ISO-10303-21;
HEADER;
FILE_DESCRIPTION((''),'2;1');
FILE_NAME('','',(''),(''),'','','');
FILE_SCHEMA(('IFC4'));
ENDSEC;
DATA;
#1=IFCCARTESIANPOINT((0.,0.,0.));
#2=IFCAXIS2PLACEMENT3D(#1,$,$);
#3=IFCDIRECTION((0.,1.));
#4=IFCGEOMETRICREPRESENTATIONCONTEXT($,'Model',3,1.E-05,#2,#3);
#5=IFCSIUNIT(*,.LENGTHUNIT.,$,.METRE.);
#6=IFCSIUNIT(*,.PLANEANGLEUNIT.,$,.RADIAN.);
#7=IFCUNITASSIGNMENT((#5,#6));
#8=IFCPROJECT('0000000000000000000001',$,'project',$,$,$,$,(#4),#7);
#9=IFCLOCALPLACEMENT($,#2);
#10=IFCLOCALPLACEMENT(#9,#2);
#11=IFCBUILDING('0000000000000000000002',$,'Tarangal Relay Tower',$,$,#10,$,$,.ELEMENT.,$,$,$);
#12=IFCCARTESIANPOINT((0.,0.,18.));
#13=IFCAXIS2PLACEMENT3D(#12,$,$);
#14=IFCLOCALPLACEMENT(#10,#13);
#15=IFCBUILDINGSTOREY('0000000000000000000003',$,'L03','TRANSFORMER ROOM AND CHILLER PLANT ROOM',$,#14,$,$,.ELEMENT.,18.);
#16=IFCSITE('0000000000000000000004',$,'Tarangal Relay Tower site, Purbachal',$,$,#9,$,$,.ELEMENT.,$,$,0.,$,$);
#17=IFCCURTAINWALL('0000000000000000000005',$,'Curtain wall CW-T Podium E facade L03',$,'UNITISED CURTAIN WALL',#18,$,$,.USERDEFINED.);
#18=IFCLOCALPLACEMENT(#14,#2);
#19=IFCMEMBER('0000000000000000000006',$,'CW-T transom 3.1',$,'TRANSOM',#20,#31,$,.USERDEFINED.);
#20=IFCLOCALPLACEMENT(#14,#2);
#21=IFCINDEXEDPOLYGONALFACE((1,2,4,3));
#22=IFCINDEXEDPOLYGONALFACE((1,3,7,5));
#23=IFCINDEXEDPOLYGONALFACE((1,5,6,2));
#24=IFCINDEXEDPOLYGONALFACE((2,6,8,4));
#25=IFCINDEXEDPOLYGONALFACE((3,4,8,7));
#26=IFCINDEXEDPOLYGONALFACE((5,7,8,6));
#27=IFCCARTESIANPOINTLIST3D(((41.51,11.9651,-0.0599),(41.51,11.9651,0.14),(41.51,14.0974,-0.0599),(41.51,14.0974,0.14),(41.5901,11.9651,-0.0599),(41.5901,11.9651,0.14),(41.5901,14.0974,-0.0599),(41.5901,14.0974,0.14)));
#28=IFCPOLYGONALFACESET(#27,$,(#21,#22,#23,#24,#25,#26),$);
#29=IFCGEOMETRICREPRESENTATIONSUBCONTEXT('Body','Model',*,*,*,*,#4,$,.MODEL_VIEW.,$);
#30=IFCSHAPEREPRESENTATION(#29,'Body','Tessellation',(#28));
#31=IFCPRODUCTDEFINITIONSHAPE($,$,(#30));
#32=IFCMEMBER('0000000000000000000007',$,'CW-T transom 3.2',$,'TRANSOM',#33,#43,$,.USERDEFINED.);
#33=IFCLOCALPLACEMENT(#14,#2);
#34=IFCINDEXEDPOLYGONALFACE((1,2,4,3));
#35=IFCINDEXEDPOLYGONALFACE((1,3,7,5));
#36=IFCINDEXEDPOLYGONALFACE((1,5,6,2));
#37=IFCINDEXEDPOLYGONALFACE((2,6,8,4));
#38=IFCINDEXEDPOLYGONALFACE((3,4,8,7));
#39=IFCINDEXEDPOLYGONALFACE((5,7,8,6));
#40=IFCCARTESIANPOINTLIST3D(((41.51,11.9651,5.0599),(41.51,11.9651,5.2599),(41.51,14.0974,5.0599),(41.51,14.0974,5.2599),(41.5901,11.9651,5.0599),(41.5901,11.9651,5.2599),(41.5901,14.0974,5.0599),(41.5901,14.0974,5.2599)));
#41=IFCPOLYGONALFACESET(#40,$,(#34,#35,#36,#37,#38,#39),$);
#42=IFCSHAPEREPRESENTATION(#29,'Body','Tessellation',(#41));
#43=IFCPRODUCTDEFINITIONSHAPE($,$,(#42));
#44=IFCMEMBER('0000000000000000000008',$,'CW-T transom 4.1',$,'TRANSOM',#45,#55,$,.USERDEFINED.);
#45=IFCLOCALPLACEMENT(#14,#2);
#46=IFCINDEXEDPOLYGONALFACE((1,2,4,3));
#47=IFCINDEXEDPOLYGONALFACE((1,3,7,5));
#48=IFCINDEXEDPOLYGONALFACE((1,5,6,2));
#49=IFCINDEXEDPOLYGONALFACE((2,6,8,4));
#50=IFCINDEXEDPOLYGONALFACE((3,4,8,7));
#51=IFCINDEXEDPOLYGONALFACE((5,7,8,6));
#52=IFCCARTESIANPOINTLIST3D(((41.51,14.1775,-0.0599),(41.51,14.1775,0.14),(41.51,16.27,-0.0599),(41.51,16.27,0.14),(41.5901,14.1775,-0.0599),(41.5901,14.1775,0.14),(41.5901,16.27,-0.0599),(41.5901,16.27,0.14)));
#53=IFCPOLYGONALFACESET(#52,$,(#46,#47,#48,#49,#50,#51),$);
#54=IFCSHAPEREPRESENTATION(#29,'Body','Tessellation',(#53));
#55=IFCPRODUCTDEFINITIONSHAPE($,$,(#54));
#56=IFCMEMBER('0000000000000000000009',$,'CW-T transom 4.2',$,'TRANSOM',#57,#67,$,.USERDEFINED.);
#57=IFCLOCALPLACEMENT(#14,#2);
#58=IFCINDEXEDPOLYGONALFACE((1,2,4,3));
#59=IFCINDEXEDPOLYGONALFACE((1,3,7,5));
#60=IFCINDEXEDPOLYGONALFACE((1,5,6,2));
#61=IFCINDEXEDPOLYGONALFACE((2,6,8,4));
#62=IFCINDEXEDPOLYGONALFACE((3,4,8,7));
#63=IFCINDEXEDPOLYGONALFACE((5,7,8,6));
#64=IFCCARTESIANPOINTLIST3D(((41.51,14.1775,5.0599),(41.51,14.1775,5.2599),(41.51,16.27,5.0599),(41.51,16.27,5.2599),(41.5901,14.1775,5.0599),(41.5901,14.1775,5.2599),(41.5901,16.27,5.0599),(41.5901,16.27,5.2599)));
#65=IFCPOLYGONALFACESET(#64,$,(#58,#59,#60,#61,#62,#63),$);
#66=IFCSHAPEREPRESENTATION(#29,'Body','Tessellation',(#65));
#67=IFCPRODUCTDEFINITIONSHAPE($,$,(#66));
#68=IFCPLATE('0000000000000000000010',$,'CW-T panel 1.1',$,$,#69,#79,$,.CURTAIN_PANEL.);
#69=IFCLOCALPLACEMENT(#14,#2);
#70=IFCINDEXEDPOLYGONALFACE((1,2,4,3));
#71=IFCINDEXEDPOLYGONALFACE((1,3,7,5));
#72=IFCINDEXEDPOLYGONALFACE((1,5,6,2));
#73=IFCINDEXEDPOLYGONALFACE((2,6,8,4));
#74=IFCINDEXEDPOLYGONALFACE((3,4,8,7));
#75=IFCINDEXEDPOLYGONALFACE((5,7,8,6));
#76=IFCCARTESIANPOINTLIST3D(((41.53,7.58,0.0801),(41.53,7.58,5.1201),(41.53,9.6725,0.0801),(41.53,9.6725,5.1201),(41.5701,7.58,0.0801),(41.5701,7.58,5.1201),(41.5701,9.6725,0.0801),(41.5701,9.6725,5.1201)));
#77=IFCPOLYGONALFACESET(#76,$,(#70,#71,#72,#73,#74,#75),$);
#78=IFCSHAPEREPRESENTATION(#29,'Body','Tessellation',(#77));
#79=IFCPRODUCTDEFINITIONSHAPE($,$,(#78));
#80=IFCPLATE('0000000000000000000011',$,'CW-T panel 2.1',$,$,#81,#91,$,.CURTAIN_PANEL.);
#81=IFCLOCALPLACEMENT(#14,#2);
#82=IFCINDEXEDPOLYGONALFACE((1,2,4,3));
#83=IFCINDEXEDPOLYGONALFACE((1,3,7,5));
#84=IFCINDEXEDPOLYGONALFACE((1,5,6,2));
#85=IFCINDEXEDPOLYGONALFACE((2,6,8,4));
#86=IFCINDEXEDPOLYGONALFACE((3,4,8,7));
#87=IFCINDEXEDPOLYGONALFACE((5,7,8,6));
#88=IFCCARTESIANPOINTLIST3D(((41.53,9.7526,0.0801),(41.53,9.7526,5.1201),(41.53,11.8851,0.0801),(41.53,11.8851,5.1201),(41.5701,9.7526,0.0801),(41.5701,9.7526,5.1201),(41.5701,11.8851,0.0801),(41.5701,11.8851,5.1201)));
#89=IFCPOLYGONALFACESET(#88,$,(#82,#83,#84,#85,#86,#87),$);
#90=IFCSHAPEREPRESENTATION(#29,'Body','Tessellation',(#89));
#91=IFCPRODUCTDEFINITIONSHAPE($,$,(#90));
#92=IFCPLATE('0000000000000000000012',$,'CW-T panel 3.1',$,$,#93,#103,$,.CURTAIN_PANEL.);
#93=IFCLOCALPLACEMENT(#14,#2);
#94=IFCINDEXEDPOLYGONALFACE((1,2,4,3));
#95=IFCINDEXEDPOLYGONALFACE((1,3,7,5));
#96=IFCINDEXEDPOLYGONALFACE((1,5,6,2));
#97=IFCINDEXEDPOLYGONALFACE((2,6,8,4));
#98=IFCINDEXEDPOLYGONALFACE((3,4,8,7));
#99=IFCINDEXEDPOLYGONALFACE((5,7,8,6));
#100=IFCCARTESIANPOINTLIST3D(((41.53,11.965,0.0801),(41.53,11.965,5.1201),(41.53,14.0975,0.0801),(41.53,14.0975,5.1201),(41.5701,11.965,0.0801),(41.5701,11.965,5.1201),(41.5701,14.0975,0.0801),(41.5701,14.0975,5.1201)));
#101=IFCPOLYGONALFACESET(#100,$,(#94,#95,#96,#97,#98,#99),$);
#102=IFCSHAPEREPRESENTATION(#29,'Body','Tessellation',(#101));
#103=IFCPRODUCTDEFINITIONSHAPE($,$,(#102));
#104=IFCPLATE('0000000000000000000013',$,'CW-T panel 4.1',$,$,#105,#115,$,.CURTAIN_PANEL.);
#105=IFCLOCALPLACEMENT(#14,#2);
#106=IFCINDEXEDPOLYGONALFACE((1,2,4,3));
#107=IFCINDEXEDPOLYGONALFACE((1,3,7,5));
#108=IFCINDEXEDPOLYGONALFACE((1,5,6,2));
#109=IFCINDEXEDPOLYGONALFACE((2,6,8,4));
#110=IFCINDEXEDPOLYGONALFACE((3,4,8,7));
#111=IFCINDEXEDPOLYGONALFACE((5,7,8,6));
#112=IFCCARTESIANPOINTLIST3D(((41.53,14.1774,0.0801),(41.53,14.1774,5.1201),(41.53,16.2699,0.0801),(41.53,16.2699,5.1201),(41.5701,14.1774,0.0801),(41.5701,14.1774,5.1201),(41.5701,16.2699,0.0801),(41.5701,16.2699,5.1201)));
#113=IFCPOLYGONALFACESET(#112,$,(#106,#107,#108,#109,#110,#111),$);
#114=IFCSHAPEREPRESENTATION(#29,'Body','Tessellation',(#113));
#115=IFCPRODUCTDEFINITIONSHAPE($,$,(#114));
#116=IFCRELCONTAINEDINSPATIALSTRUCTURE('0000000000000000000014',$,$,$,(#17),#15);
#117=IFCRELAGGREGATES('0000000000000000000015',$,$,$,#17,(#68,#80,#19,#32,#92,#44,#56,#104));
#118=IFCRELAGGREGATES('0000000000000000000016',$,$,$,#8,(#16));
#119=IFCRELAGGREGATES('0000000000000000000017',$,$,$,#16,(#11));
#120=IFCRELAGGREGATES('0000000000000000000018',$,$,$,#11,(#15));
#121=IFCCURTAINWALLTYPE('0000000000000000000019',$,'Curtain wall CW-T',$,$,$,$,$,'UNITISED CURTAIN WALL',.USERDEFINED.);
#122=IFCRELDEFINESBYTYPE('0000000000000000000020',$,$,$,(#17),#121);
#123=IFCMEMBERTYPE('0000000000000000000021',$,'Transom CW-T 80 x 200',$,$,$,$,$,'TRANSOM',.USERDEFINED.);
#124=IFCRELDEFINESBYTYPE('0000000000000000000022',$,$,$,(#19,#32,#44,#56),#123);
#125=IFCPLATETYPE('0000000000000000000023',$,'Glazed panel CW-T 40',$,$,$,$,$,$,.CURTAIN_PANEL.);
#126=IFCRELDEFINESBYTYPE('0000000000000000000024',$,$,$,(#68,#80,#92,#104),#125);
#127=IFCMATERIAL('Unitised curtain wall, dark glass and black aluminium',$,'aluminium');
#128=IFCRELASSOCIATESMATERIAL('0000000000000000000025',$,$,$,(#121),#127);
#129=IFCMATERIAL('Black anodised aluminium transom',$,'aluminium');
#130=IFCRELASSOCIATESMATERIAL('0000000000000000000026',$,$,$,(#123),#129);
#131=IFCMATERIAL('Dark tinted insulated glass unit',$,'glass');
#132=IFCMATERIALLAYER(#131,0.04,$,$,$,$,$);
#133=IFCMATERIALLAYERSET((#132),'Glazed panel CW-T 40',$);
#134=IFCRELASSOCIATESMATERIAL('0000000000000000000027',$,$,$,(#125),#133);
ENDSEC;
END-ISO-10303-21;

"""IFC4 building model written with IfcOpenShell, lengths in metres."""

from ifc_helpers import new_model, si_unit, direction, frame, origin, origin_2d, place, context, subcontext, project, spatial, rectangle, extrude, material, layer, layer_set, material_profile, profile_set, type_object, element, aggregate, save


model = new_model("IFC4")

# Units and contexts
model_context = context("Model", 3, precision=1e-05, world=origin(), true_north=direction((0.0, 1.0)))
body_context = subcontext(model_context, "Body", "Model", "MODEL_VIEW")
ifc_project = project(units=[si_unit("LENGTHUNIT", "METRE"), si_unit("PLANEANGLEUNIT", "RADIAN")], contexts=[model_context])

# Site, building, storey
site_placement = place(None, origin())
site = spatial("IfcSite", under=ifc_project, at=site_placement, Name="Tarangal Relay Tower site, Purbachal", CompositionType="ELEMENT", RefElevation=0.0)
building_placement = place(site_placement, origin())
building = spatial("IfcBuilding", under=site, at=building_placement, Name="Tarangal Relay Tower", CompositionType="ELEMENT")
storey_placement = place(building_placement, frame((0.0, 0.0, 18.0)))
storey = spatial("IfcBuildingStorey", under=building, at=storey_placement, Name="L03", Description="TRANSFORMER ROOM AND CHILLER PLANT ROOM", CompositionType="ELEMENT", Elevation=18.0)

# Curtain wall
ifc_material_1 = material(Name="Unitised curtain wall, dark glass and black aluminium", Category="aluminium")
curtain_wall_type = type_object("IfcCurtainWallType", Name="Curtain wall CW-T", ElementType="UNITISED CURTAIN WALL", PredefinedType="USERDEFINED", material=ifc_material_1)
curtain_wall_placement = place(storey_placement, origin())
curtain_wall = element("IfcCurtainWall", 1, at=curtain_wall_placement, inside=storey, type_object=curtain_wall_type, Name="Curtain wall CW-T Podium E facade L03", ObjectType="UNITISED CURTAIN WALL", PredefinedType="USERDEFINED")

# Members
ifc_material_2 = material(Name="Black anodised aluminium transom", Category="aluminium")
ifc_material_profile_1 = material_profile(ifc_material_2, rectangle(XDim=0.0801, YDim=0.2, at=origin_2d()), Name="CW-TT 80X200")
ifc_profile_set_1 = profile_set([ifc_material_profile_1], Name="Black anodised aluminium transom")
member_type_1 = type_object("IfcMemberType", Name="Transom CW-T 80 x 200", ElementType="TRANSOM", PredefinedType="USERDEFINED", material=ifc_profile_set_1)
member_1_placement = place(storey_placement, frame((41.55, 11.9651, 0.04), z_axis=(0.0, 1.0, 0.0), x_axis=(-1.0, 0.0, 0.0)))
member_1 = element("IfcMember", 2, at=member_1_placement, type_object=member_type_1, Name="CW-T transom 3.1", ObjectType="TRANSOM", PredefinedType="USERDEFINED", context=body_context, shape_type="SweptSolid", body=[
    extrude(rectangle(XDim=0.0801, YDim=0.2, at=origin_2d()), origin(), (0.0, 0.0, 1.0), 2.1323),
])
member_2_placement = place(storey_placement, frame((41.55, 11.9651, 5.1599), z_axis=(0.0, 1.0, 0.0), x_axis=(-1.0, 0.0, 0.0)))
member_2 = element("IfcMember", 3, at=member_2_placement, type_object=member_type_1, Name="CW-T transom 3.2", ObjectType="TRANSOM", PredefinedType="USERDEFINED", context=body_context, shape_type="SweptSolid", body=[
    extrude(rectangle(XDim=0.0801, YDim=0.2, at=origin_2d()), origin(), (0.0, 0.0, 1.0), 2.1323),
])
member_3_placement = place(storey_placement, frame((41.55, 14.1775, 0.04), z_axis=(0.0, 1.0, 0.0), x_axis=(-1.0, 0.0, 0.0)))
member_3 = element("IfcMember", 4, at=member_3_placement, type_object=member_type_1, Name="CW-T transom 4.1", ObjectType="TRANSOM", PredefinedType="USERDEFINED", context=body_context, shape_type="SweptSolid", body=[
    extrude(rectangle(XDim=0.0801, YDim=0.2, at=origin_2d()), origin(), (0.0, 0.0, 1.0), 2.0925),
])
member_4_placement = place(storey_placement, frame((41.55, 14.1775, 5.1599), z_axis=(0.0, 1.0, 0.0), x_axis=(-1.0, 0.0, 0.0)))
member_4 = element("IfcMember", 5, at=member_4_placement, type_object=member_type_1, Name="CW-T transom 4.2", ObjectType="TRANSOM", PredefinedType="USERDEFINED", context=body_context, shape_type="SweptSolid", body=[
    extrude(rectangle(XDim=0.0801, YDim=0.2, at=origin_2d()), origin(), (0.0, 0.0, 1.0), 2.0925),
])

# Plates
ifc_material_3 = material(Name="Dark tinted insulated glass unit", Category="glass")
ifc_layer = layer(ifc_material_3, 0.04)
ifc_layer_set = layer_set([ifc_layer], Name="Glazed panel CW-T 40")
plate_type = type_object("IfcPlateType", Name="Glazed panel CW-T 40", PredefinedType="CURTAIN_PANEL", material=ifc_layer_set)
plate_1_placement = place(storey_placement, frame((41.55, 8.6262, 0.0801), z_axis=(0.0, 0.0, 1.0), x_axis=(0.0, 1.0, 0.0)))
plate_1 = element("IfcPlate", 6, at=plate_1_placement, type_object=plate_type, Name="CW-T panel 1.1", PredefinedType="CURTAIN_PANEL", context=body_context, shape_type="SweptSolid", body=[
    extrude(rectangle(XDim=2.0925, YDim=0.04, at=origin_2d()), origin(), (0.0, 0.0, 1.0), 5.04),
])
plate_2_placement = place(storey_placement, frame((41.55, 10.8188, 0.0801), z_axis=(0.0, 0.0, 1.0), x_axis=(0.0, 1.0, 0.0)))
plate_2 = element("IfcPlate", 7, at=plate_2_placement, type_object=plate_type, Name="CW-T panel 2.1", PredefinedType="CURTAIN_PANEL", context=body_context, shape_type="SweptSolid", body=[
    extrude(rectangle(XDim=2.1326, YDim=0.04, at=origin_2d()), origin(), (0.0, 0.0, 1.0), 5.04),
])
plate_3_placement = place(storey_placement, frame((41.55, 13.0312, 0.0801), z_axis=(0.0, 0.0, 1.0), x_axis=(0.0, 1.0, 0.0)))
plate_3 = element("IfcPlate", 8, at=plate_3_placement, type_object=plate_type, Name="CW-T panel 3.1", PredefinedType="CURTAIN_PANEL", context=body_context, shape_type="SweptSolid", body=[
    extrude(rectangle(XDim=2.1326, YDim=0.04, at=origin_2d()), origin(), (0.0, 0.0, 1.0), 5.04),
])
plate_4_placement = place(storey_placement, frame((41.55, 15.2236, 0.0801), z_axis=(0.0, 0.0, 1.0), x_axis=(0.0, 1.0, 0.0)))
plate_4 = element("IfcPlate", 9, at=plate_4_placement, type_object=plate_type, Name="CW-T panel 4.1", PredefinedType="CURTAIN_PANEL", context=body_context, shape_type="SweptSolid", body=[
    extrude(rectangle(XDim=2.0925, YDim=0.04, at=origin_2d()), origin(), (0.0, 0.0, 1.0), 5.04),
])
aggregate(curtain_wall, [plate_1, plate_2, member_1, member_2, plate_3, member_3, member_4, plate_4])

save(model, "model.ifc")
